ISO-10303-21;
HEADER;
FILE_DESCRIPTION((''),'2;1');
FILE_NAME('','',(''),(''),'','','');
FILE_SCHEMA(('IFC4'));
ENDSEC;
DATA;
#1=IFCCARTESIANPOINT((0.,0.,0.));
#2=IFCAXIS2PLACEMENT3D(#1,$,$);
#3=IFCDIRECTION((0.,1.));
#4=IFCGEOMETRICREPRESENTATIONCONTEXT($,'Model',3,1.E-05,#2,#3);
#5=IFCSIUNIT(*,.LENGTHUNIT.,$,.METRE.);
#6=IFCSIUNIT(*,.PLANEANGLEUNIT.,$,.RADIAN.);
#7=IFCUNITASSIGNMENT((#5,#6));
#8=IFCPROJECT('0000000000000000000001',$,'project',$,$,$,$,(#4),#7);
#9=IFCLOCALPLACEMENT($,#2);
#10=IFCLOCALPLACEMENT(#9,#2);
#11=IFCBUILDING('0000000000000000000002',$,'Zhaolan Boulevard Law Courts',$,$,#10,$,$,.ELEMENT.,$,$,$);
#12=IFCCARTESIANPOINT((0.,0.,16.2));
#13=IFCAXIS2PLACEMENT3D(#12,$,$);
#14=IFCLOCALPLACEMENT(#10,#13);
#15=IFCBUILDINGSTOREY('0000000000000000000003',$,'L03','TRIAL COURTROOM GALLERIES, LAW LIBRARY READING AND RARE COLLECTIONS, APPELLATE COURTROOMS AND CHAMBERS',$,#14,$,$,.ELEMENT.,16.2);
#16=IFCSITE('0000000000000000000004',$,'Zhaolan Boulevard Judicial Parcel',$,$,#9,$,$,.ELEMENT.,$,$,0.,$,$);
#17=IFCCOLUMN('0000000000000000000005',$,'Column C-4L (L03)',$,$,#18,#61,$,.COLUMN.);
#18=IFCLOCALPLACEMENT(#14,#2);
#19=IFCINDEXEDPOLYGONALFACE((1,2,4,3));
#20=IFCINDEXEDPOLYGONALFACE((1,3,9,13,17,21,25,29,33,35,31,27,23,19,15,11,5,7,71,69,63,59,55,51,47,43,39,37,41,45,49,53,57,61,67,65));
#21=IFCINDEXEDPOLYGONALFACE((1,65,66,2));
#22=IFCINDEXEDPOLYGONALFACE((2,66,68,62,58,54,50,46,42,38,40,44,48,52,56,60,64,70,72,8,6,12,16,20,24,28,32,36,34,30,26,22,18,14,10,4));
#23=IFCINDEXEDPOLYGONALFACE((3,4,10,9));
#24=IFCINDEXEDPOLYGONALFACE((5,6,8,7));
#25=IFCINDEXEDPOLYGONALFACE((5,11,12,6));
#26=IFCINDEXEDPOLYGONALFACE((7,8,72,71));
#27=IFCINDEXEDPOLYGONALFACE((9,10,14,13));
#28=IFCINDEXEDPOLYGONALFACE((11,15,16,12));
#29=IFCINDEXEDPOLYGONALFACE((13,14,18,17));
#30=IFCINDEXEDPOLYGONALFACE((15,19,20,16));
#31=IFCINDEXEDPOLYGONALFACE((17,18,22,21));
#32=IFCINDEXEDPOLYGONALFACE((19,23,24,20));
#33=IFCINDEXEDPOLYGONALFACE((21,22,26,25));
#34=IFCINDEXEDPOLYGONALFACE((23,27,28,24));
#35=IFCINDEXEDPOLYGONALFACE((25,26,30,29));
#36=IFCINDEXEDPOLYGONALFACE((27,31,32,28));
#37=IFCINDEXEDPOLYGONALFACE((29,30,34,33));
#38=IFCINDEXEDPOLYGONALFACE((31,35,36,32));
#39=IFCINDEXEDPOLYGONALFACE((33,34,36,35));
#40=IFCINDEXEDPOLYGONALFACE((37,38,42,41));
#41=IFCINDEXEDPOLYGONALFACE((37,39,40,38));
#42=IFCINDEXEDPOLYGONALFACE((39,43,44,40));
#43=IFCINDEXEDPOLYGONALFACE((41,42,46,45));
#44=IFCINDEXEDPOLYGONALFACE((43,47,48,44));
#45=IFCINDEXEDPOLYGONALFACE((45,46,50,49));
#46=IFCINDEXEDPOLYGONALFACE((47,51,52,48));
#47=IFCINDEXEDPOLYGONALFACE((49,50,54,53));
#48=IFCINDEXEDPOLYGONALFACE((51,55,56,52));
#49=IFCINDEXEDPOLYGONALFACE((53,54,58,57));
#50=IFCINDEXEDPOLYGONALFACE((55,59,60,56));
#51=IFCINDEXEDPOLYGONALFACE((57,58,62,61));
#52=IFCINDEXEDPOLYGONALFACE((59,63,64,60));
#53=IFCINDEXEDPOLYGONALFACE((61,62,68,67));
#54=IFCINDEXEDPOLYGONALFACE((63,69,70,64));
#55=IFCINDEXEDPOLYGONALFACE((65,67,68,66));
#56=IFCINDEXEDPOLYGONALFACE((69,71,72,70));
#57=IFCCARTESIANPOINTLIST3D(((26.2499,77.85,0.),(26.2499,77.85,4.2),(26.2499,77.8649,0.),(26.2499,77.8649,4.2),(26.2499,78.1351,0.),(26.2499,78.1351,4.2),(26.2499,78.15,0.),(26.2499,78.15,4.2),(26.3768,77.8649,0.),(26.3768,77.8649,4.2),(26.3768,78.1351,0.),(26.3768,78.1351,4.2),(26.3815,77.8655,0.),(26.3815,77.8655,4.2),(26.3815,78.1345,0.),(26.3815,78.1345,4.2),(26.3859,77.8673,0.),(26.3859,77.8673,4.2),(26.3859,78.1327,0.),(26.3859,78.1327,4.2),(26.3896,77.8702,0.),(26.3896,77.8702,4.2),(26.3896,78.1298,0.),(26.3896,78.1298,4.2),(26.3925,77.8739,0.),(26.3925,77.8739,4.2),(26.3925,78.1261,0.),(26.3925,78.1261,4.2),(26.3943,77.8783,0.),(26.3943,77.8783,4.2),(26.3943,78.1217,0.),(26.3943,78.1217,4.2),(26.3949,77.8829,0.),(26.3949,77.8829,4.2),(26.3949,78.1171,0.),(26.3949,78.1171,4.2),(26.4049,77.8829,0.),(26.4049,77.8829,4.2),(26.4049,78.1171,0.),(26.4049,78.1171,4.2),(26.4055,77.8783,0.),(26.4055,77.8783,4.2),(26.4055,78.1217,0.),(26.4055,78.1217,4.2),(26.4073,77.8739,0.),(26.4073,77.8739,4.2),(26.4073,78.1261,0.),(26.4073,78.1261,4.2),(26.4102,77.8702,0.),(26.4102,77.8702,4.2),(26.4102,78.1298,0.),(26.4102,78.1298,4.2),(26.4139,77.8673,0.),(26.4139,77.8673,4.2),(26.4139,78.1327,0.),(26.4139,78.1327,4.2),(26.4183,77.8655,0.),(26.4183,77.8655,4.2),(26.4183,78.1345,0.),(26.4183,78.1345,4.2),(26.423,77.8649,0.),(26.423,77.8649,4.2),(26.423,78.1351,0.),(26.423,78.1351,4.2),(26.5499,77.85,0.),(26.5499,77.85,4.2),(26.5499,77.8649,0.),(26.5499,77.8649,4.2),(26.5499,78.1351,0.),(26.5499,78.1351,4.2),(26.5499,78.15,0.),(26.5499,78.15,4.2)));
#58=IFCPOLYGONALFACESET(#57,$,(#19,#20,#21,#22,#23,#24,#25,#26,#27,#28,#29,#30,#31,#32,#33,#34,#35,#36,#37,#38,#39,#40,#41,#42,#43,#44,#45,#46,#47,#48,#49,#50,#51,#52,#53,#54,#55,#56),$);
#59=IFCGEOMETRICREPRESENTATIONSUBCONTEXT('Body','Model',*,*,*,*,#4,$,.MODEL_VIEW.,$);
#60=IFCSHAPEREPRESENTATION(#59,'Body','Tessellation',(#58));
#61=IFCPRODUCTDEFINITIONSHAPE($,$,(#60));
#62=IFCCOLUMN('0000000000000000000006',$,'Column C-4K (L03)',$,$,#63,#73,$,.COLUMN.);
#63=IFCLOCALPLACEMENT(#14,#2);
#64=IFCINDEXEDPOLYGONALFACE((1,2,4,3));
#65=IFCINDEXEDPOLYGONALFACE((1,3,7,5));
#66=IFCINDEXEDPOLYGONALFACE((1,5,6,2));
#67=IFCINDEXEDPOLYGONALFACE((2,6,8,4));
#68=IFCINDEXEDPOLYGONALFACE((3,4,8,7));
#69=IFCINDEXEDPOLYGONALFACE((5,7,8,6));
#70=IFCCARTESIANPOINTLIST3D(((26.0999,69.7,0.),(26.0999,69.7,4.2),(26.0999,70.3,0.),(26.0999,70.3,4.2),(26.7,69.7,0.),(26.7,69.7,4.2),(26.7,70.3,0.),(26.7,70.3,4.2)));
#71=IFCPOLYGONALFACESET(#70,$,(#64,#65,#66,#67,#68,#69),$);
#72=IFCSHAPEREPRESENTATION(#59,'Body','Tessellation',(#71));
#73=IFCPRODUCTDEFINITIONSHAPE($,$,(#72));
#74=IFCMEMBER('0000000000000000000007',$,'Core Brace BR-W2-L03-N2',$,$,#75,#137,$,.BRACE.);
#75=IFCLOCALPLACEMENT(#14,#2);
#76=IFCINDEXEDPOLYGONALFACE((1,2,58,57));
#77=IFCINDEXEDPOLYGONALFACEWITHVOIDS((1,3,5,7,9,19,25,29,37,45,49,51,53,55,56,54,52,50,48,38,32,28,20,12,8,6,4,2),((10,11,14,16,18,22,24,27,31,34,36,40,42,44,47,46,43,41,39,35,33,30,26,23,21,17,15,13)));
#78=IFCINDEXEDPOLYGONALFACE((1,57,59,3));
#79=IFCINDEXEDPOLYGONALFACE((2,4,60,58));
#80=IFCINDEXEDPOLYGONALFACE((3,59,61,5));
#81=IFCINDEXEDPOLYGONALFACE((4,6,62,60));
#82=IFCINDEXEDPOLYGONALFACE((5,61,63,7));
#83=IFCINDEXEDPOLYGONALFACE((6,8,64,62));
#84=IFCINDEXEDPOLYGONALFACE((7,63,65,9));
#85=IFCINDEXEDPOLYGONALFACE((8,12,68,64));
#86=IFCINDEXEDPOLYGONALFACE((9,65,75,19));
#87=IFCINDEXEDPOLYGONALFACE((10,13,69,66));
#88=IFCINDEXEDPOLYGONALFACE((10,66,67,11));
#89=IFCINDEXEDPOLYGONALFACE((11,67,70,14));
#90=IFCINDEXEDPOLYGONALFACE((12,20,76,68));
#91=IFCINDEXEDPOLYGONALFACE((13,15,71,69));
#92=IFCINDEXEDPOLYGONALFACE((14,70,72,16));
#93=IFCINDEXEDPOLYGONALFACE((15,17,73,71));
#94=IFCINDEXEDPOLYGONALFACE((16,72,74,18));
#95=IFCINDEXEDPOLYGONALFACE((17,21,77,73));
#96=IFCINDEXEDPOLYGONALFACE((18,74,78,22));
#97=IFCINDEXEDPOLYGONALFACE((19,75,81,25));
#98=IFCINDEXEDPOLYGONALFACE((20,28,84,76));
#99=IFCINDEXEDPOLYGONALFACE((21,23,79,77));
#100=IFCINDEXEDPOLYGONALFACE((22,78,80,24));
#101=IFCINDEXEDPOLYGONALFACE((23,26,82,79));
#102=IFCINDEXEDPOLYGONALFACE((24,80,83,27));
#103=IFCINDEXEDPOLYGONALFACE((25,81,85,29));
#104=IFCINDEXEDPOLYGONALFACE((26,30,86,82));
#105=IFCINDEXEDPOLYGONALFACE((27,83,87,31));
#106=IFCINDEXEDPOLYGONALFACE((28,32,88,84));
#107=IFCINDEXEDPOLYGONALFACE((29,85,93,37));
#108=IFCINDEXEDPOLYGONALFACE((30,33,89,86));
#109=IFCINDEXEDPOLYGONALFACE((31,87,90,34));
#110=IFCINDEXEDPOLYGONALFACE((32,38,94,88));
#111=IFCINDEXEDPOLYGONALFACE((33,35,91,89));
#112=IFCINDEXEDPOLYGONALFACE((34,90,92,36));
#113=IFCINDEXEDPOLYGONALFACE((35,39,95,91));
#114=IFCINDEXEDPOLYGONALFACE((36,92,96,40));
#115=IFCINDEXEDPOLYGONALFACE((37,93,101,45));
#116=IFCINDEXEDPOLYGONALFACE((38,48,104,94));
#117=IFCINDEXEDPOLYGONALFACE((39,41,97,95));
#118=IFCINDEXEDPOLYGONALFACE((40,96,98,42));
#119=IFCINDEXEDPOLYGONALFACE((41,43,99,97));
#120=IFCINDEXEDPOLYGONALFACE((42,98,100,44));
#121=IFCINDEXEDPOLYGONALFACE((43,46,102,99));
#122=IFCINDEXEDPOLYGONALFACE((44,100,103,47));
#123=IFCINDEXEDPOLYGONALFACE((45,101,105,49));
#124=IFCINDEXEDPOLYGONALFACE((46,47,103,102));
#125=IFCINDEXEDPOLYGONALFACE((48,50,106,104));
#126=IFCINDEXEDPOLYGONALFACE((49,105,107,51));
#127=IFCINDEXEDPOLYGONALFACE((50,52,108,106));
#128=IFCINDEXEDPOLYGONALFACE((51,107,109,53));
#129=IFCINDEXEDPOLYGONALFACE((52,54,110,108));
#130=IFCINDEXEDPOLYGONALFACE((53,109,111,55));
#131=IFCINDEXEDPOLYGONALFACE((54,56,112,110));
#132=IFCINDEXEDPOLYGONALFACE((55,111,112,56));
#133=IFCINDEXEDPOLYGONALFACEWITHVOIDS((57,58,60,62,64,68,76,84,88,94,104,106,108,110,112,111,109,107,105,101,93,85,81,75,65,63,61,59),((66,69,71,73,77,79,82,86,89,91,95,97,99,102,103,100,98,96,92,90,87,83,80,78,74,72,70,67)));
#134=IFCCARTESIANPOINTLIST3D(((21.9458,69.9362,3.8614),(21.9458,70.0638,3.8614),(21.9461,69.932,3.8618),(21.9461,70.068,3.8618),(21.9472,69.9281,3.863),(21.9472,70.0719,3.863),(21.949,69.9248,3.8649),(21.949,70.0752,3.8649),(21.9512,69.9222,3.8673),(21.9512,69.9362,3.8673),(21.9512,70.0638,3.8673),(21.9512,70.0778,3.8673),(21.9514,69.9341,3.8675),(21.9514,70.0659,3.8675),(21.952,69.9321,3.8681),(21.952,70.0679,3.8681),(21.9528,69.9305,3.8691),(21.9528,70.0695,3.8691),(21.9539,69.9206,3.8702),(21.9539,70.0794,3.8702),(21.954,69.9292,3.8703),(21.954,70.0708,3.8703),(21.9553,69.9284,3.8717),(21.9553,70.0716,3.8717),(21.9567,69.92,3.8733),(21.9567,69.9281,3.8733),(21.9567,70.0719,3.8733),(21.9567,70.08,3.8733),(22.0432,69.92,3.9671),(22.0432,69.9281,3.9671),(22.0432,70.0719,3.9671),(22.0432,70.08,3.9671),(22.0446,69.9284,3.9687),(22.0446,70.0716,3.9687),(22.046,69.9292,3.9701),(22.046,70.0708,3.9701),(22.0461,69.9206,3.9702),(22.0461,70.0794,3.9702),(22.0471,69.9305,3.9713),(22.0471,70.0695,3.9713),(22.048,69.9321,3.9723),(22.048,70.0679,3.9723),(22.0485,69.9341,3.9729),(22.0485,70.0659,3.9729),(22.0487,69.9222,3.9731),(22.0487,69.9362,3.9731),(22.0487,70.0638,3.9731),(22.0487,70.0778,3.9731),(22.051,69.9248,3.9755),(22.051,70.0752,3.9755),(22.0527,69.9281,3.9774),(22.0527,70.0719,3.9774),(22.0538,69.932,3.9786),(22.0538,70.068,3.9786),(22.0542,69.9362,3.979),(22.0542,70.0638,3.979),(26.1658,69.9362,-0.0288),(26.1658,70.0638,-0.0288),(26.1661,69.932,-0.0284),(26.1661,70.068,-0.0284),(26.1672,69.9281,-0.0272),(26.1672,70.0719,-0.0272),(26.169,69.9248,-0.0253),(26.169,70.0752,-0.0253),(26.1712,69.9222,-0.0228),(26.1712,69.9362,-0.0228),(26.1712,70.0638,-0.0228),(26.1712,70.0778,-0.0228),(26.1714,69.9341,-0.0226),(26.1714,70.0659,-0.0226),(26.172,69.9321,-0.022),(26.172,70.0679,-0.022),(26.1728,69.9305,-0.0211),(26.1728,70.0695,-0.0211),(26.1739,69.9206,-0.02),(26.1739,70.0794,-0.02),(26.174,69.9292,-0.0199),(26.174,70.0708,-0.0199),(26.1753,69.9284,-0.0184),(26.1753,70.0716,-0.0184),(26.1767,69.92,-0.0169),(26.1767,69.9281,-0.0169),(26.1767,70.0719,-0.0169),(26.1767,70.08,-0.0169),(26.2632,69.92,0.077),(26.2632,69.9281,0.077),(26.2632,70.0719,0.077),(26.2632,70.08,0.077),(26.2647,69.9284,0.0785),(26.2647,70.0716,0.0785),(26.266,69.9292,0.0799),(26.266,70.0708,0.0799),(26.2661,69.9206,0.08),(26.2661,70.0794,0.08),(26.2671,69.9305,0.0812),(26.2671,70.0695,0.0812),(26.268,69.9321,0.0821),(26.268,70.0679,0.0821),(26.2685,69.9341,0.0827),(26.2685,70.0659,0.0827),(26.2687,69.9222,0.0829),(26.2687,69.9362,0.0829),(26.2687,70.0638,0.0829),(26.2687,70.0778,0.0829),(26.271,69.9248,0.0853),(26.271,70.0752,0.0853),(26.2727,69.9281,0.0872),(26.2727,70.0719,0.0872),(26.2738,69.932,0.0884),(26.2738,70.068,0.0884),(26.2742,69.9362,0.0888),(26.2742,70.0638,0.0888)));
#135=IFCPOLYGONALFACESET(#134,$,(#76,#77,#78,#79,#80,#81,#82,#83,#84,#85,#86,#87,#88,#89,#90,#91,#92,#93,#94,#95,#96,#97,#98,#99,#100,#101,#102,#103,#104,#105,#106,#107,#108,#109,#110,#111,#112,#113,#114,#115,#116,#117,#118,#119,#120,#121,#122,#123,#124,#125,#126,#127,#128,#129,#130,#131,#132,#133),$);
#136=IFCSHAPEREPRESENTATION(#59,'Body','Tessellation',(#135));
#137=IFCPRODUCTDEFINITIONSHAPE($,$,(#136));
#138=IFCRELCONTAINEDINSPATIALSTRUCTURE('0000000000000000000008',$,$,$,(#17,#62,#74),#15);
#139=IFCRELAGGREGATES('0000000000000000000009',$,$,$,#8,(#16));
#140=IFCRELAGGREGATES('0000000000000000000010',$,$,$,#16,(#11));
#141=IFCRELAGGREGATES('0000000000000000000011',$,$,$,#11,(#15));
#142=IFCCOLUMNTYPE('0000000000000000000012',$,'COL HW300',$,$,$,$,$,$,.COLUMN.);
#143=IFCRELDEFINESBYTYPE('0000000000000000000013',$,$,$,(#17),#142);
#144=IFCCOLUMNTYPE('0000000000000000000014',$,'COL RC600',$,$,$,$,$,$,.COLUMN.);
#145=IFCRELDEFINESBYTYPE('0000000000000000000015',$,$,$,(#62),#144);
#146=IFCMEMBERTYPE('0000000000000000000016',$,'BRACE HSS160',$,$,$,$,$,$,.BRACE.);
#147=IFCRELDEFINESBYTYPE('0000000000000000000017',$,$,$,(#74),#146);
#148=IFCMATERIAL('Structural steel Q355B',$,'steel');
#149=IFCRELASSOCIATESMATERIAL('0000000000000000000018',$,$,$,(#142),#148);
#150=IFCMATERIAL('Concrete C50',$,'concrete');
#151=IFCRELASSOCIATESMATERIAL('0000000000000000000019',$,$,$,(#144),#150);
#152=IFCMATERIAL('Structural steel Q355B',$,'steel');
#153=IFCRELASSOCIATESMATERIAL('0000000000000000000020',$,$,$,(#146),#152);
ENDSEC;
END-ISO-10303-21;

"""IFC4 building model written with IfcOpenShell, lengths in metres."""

from ifc_helpers import new_model, si_unit, direction, frame, origin, origin_2d, place, context, subcontext, project, spatial, rectangle, hollow_rectangle, i_section, extrude, material, material_profile, profile_set, type_object, element, save


model = new_model("IFC4")

# Units and contexts
model_context = context("Model", 3, precision=1e-05, world=origin(), true_north=direction((0.0, 1.0)))
body_context = subcontext(model_context, "Body", "Model", "MODEL_VIEW")
ifc_project = project(units=[si_unit("LENGTHUNIT", "METRE"), si_unit("PLANEANGLEUNIT", "RADIAN")], contexts=[model_context])

# Site, building, storey
site_placement = place(None, origin())
site = spatial("IfcSite", under=ifc_project, at=site_placement, Name="Zhaolan Boulevard Judicial Parcel", CompositionType="ELEMENT", RefElevation=0.0)
building_placement = place(site_placement, origin())
building = spatial("IfcBuilding", under=site, at=building_placement, Name="Zhaolan Boulevard Law Courts", CompositionType="ELEMENT")
storey_placement = place(building_placement, frame((0.0, 0.0, 16.2)))
storey = spatial("IfcBuildingStorey", under=building, at=storey_placement, Name="L03", Description="TRIAL COURTROOM GALLERIES, LAW LIBRARY READING AND RARE COLLECTIONS, APPELLATE COURTROOMS AND CHAMBERS", CompositionType="ELEMENT", Elevation=16.2)

# Columns
ifc_material_1 = material(Name="Structural steel Q355B", Category="steel")
ifc_material_profile_1 = material_profile(ifc_material_1, i_section(OverallWidth=0.3, OverallDepth=0.3, WebThickness=0.01, FlangeThickness=0.0149, FilletRadius=0.0181, at=origin_2d()), Name="HW300x300")
ifc_profile_set_1 = profile_set([ifc_material_profile_1], Name="Structural steel Q355B")
column_type_1 = type_object("IfcColumnType", Name="COL HW300", PredefinedType="COLUMN", material=ifc_profile_set_1)
column_1_placement = place(storey_placement, frame((26.3999, 78.0, 0.0), z_axis=(0.0, 0.0, 1.0), x_axis=(1.0, 0.0, 0.0)))
element("IfcColumn", 1, at=column_1_placement, inside=storey, type_object=column_type_1, Name="Column C-4L (L03)", PredefinedType="COLUMN", context=body_context, shape_type="SweptSolid", body=[
    extrude(i_section(OverallWidth=0.3, OverallDepth=0.3, WebThickness=0.01, FlangeThickness=0.0149, FilletRadius=0.0181, at=origin_2d()), origin(), (0.0, 0.0, 1.0), 4.2),
])
ifc_material_2 = material(Name="Concrete C50", Category="concrete")
ifc_material_profile_2 = material_profile(ifc_material_2, rectangle(XDim=0.6001, YDim=0.6001, at=origin_2d()), Name="RC600x600")
ifc_profile_set_2 = profile_set([ifc_material_profile_2], Name="Concrete C50")
column_type_2 = type_object("IfcColumnType", Name="COL RC600", PredefinedType="COLUMN", material=ifc_profile_set_2)
column_2_placement = place(storey_placement, frame((26.3999, 70.0, 0.0), z_axis=(0.0, 0.0, 1.0), x_axis=(1.0, 0.0, 0.0)))
element("IfcColumn", 2, at=column_2_placement, inside=storey, type_object=column_type_2, Name="Column C-4K (L03)", PredefinedType="COLUMN", context=body_context, shape_type="SweptSolid", body=[
    extrude(rectangle(XDim=0.6001, YDim=0.6001, at=origin_2d()), origin(), (0.0, 0.0, 1.0), 4.2),
])

# Member
ifc_material_3 = material(Name="Structural steel Q355B", Category="steel")
ifc_material_profile_3 = material_profile(ifc_material_3, hollow_rectangle(XDim=0.1599, YDim=0.1599, WallThickness=0.0081, InnerFilletRadius=0.0081, OuterFilletRadius=0.0161, at=origin_2d()), Name="HSS160x160x8")
ifc_profile_set_3 = profile_set([ifc_material_profile_3], Name="Structural steel Q355B")
member_type_1 = type_object("IfcMemberType", Name="BRACE HSS160", PredefinedType="BRACE", material=ifc_profile_set_3)
member_1_placement = place(storey_placement, frame((26.22, 70.0, 0.03), z_axis=(-0.735257, 0.0, 0.677789), x_axis=(0.0, -1.0, 0.0)))
element("IfcMember", 3, at=member_1_placement, inside=storey, type_object=member_type_1, Name="Core Brace BR-W2-L03-N2", PredefinedType="BRACE", context=body_context, shape_type="SweptSolid", body=[
    extrude(hollow_rectangle(XDim=0.1599, YDim=0.1599, WallThickness=0.0081, InnerFilletRadius=0.0081, OuterFilletRadius=0.0161, at=origin_2d()), origin(), (0.0, 0.0, 1.0), 5.7395),
])

save(model, "model.ifc")
